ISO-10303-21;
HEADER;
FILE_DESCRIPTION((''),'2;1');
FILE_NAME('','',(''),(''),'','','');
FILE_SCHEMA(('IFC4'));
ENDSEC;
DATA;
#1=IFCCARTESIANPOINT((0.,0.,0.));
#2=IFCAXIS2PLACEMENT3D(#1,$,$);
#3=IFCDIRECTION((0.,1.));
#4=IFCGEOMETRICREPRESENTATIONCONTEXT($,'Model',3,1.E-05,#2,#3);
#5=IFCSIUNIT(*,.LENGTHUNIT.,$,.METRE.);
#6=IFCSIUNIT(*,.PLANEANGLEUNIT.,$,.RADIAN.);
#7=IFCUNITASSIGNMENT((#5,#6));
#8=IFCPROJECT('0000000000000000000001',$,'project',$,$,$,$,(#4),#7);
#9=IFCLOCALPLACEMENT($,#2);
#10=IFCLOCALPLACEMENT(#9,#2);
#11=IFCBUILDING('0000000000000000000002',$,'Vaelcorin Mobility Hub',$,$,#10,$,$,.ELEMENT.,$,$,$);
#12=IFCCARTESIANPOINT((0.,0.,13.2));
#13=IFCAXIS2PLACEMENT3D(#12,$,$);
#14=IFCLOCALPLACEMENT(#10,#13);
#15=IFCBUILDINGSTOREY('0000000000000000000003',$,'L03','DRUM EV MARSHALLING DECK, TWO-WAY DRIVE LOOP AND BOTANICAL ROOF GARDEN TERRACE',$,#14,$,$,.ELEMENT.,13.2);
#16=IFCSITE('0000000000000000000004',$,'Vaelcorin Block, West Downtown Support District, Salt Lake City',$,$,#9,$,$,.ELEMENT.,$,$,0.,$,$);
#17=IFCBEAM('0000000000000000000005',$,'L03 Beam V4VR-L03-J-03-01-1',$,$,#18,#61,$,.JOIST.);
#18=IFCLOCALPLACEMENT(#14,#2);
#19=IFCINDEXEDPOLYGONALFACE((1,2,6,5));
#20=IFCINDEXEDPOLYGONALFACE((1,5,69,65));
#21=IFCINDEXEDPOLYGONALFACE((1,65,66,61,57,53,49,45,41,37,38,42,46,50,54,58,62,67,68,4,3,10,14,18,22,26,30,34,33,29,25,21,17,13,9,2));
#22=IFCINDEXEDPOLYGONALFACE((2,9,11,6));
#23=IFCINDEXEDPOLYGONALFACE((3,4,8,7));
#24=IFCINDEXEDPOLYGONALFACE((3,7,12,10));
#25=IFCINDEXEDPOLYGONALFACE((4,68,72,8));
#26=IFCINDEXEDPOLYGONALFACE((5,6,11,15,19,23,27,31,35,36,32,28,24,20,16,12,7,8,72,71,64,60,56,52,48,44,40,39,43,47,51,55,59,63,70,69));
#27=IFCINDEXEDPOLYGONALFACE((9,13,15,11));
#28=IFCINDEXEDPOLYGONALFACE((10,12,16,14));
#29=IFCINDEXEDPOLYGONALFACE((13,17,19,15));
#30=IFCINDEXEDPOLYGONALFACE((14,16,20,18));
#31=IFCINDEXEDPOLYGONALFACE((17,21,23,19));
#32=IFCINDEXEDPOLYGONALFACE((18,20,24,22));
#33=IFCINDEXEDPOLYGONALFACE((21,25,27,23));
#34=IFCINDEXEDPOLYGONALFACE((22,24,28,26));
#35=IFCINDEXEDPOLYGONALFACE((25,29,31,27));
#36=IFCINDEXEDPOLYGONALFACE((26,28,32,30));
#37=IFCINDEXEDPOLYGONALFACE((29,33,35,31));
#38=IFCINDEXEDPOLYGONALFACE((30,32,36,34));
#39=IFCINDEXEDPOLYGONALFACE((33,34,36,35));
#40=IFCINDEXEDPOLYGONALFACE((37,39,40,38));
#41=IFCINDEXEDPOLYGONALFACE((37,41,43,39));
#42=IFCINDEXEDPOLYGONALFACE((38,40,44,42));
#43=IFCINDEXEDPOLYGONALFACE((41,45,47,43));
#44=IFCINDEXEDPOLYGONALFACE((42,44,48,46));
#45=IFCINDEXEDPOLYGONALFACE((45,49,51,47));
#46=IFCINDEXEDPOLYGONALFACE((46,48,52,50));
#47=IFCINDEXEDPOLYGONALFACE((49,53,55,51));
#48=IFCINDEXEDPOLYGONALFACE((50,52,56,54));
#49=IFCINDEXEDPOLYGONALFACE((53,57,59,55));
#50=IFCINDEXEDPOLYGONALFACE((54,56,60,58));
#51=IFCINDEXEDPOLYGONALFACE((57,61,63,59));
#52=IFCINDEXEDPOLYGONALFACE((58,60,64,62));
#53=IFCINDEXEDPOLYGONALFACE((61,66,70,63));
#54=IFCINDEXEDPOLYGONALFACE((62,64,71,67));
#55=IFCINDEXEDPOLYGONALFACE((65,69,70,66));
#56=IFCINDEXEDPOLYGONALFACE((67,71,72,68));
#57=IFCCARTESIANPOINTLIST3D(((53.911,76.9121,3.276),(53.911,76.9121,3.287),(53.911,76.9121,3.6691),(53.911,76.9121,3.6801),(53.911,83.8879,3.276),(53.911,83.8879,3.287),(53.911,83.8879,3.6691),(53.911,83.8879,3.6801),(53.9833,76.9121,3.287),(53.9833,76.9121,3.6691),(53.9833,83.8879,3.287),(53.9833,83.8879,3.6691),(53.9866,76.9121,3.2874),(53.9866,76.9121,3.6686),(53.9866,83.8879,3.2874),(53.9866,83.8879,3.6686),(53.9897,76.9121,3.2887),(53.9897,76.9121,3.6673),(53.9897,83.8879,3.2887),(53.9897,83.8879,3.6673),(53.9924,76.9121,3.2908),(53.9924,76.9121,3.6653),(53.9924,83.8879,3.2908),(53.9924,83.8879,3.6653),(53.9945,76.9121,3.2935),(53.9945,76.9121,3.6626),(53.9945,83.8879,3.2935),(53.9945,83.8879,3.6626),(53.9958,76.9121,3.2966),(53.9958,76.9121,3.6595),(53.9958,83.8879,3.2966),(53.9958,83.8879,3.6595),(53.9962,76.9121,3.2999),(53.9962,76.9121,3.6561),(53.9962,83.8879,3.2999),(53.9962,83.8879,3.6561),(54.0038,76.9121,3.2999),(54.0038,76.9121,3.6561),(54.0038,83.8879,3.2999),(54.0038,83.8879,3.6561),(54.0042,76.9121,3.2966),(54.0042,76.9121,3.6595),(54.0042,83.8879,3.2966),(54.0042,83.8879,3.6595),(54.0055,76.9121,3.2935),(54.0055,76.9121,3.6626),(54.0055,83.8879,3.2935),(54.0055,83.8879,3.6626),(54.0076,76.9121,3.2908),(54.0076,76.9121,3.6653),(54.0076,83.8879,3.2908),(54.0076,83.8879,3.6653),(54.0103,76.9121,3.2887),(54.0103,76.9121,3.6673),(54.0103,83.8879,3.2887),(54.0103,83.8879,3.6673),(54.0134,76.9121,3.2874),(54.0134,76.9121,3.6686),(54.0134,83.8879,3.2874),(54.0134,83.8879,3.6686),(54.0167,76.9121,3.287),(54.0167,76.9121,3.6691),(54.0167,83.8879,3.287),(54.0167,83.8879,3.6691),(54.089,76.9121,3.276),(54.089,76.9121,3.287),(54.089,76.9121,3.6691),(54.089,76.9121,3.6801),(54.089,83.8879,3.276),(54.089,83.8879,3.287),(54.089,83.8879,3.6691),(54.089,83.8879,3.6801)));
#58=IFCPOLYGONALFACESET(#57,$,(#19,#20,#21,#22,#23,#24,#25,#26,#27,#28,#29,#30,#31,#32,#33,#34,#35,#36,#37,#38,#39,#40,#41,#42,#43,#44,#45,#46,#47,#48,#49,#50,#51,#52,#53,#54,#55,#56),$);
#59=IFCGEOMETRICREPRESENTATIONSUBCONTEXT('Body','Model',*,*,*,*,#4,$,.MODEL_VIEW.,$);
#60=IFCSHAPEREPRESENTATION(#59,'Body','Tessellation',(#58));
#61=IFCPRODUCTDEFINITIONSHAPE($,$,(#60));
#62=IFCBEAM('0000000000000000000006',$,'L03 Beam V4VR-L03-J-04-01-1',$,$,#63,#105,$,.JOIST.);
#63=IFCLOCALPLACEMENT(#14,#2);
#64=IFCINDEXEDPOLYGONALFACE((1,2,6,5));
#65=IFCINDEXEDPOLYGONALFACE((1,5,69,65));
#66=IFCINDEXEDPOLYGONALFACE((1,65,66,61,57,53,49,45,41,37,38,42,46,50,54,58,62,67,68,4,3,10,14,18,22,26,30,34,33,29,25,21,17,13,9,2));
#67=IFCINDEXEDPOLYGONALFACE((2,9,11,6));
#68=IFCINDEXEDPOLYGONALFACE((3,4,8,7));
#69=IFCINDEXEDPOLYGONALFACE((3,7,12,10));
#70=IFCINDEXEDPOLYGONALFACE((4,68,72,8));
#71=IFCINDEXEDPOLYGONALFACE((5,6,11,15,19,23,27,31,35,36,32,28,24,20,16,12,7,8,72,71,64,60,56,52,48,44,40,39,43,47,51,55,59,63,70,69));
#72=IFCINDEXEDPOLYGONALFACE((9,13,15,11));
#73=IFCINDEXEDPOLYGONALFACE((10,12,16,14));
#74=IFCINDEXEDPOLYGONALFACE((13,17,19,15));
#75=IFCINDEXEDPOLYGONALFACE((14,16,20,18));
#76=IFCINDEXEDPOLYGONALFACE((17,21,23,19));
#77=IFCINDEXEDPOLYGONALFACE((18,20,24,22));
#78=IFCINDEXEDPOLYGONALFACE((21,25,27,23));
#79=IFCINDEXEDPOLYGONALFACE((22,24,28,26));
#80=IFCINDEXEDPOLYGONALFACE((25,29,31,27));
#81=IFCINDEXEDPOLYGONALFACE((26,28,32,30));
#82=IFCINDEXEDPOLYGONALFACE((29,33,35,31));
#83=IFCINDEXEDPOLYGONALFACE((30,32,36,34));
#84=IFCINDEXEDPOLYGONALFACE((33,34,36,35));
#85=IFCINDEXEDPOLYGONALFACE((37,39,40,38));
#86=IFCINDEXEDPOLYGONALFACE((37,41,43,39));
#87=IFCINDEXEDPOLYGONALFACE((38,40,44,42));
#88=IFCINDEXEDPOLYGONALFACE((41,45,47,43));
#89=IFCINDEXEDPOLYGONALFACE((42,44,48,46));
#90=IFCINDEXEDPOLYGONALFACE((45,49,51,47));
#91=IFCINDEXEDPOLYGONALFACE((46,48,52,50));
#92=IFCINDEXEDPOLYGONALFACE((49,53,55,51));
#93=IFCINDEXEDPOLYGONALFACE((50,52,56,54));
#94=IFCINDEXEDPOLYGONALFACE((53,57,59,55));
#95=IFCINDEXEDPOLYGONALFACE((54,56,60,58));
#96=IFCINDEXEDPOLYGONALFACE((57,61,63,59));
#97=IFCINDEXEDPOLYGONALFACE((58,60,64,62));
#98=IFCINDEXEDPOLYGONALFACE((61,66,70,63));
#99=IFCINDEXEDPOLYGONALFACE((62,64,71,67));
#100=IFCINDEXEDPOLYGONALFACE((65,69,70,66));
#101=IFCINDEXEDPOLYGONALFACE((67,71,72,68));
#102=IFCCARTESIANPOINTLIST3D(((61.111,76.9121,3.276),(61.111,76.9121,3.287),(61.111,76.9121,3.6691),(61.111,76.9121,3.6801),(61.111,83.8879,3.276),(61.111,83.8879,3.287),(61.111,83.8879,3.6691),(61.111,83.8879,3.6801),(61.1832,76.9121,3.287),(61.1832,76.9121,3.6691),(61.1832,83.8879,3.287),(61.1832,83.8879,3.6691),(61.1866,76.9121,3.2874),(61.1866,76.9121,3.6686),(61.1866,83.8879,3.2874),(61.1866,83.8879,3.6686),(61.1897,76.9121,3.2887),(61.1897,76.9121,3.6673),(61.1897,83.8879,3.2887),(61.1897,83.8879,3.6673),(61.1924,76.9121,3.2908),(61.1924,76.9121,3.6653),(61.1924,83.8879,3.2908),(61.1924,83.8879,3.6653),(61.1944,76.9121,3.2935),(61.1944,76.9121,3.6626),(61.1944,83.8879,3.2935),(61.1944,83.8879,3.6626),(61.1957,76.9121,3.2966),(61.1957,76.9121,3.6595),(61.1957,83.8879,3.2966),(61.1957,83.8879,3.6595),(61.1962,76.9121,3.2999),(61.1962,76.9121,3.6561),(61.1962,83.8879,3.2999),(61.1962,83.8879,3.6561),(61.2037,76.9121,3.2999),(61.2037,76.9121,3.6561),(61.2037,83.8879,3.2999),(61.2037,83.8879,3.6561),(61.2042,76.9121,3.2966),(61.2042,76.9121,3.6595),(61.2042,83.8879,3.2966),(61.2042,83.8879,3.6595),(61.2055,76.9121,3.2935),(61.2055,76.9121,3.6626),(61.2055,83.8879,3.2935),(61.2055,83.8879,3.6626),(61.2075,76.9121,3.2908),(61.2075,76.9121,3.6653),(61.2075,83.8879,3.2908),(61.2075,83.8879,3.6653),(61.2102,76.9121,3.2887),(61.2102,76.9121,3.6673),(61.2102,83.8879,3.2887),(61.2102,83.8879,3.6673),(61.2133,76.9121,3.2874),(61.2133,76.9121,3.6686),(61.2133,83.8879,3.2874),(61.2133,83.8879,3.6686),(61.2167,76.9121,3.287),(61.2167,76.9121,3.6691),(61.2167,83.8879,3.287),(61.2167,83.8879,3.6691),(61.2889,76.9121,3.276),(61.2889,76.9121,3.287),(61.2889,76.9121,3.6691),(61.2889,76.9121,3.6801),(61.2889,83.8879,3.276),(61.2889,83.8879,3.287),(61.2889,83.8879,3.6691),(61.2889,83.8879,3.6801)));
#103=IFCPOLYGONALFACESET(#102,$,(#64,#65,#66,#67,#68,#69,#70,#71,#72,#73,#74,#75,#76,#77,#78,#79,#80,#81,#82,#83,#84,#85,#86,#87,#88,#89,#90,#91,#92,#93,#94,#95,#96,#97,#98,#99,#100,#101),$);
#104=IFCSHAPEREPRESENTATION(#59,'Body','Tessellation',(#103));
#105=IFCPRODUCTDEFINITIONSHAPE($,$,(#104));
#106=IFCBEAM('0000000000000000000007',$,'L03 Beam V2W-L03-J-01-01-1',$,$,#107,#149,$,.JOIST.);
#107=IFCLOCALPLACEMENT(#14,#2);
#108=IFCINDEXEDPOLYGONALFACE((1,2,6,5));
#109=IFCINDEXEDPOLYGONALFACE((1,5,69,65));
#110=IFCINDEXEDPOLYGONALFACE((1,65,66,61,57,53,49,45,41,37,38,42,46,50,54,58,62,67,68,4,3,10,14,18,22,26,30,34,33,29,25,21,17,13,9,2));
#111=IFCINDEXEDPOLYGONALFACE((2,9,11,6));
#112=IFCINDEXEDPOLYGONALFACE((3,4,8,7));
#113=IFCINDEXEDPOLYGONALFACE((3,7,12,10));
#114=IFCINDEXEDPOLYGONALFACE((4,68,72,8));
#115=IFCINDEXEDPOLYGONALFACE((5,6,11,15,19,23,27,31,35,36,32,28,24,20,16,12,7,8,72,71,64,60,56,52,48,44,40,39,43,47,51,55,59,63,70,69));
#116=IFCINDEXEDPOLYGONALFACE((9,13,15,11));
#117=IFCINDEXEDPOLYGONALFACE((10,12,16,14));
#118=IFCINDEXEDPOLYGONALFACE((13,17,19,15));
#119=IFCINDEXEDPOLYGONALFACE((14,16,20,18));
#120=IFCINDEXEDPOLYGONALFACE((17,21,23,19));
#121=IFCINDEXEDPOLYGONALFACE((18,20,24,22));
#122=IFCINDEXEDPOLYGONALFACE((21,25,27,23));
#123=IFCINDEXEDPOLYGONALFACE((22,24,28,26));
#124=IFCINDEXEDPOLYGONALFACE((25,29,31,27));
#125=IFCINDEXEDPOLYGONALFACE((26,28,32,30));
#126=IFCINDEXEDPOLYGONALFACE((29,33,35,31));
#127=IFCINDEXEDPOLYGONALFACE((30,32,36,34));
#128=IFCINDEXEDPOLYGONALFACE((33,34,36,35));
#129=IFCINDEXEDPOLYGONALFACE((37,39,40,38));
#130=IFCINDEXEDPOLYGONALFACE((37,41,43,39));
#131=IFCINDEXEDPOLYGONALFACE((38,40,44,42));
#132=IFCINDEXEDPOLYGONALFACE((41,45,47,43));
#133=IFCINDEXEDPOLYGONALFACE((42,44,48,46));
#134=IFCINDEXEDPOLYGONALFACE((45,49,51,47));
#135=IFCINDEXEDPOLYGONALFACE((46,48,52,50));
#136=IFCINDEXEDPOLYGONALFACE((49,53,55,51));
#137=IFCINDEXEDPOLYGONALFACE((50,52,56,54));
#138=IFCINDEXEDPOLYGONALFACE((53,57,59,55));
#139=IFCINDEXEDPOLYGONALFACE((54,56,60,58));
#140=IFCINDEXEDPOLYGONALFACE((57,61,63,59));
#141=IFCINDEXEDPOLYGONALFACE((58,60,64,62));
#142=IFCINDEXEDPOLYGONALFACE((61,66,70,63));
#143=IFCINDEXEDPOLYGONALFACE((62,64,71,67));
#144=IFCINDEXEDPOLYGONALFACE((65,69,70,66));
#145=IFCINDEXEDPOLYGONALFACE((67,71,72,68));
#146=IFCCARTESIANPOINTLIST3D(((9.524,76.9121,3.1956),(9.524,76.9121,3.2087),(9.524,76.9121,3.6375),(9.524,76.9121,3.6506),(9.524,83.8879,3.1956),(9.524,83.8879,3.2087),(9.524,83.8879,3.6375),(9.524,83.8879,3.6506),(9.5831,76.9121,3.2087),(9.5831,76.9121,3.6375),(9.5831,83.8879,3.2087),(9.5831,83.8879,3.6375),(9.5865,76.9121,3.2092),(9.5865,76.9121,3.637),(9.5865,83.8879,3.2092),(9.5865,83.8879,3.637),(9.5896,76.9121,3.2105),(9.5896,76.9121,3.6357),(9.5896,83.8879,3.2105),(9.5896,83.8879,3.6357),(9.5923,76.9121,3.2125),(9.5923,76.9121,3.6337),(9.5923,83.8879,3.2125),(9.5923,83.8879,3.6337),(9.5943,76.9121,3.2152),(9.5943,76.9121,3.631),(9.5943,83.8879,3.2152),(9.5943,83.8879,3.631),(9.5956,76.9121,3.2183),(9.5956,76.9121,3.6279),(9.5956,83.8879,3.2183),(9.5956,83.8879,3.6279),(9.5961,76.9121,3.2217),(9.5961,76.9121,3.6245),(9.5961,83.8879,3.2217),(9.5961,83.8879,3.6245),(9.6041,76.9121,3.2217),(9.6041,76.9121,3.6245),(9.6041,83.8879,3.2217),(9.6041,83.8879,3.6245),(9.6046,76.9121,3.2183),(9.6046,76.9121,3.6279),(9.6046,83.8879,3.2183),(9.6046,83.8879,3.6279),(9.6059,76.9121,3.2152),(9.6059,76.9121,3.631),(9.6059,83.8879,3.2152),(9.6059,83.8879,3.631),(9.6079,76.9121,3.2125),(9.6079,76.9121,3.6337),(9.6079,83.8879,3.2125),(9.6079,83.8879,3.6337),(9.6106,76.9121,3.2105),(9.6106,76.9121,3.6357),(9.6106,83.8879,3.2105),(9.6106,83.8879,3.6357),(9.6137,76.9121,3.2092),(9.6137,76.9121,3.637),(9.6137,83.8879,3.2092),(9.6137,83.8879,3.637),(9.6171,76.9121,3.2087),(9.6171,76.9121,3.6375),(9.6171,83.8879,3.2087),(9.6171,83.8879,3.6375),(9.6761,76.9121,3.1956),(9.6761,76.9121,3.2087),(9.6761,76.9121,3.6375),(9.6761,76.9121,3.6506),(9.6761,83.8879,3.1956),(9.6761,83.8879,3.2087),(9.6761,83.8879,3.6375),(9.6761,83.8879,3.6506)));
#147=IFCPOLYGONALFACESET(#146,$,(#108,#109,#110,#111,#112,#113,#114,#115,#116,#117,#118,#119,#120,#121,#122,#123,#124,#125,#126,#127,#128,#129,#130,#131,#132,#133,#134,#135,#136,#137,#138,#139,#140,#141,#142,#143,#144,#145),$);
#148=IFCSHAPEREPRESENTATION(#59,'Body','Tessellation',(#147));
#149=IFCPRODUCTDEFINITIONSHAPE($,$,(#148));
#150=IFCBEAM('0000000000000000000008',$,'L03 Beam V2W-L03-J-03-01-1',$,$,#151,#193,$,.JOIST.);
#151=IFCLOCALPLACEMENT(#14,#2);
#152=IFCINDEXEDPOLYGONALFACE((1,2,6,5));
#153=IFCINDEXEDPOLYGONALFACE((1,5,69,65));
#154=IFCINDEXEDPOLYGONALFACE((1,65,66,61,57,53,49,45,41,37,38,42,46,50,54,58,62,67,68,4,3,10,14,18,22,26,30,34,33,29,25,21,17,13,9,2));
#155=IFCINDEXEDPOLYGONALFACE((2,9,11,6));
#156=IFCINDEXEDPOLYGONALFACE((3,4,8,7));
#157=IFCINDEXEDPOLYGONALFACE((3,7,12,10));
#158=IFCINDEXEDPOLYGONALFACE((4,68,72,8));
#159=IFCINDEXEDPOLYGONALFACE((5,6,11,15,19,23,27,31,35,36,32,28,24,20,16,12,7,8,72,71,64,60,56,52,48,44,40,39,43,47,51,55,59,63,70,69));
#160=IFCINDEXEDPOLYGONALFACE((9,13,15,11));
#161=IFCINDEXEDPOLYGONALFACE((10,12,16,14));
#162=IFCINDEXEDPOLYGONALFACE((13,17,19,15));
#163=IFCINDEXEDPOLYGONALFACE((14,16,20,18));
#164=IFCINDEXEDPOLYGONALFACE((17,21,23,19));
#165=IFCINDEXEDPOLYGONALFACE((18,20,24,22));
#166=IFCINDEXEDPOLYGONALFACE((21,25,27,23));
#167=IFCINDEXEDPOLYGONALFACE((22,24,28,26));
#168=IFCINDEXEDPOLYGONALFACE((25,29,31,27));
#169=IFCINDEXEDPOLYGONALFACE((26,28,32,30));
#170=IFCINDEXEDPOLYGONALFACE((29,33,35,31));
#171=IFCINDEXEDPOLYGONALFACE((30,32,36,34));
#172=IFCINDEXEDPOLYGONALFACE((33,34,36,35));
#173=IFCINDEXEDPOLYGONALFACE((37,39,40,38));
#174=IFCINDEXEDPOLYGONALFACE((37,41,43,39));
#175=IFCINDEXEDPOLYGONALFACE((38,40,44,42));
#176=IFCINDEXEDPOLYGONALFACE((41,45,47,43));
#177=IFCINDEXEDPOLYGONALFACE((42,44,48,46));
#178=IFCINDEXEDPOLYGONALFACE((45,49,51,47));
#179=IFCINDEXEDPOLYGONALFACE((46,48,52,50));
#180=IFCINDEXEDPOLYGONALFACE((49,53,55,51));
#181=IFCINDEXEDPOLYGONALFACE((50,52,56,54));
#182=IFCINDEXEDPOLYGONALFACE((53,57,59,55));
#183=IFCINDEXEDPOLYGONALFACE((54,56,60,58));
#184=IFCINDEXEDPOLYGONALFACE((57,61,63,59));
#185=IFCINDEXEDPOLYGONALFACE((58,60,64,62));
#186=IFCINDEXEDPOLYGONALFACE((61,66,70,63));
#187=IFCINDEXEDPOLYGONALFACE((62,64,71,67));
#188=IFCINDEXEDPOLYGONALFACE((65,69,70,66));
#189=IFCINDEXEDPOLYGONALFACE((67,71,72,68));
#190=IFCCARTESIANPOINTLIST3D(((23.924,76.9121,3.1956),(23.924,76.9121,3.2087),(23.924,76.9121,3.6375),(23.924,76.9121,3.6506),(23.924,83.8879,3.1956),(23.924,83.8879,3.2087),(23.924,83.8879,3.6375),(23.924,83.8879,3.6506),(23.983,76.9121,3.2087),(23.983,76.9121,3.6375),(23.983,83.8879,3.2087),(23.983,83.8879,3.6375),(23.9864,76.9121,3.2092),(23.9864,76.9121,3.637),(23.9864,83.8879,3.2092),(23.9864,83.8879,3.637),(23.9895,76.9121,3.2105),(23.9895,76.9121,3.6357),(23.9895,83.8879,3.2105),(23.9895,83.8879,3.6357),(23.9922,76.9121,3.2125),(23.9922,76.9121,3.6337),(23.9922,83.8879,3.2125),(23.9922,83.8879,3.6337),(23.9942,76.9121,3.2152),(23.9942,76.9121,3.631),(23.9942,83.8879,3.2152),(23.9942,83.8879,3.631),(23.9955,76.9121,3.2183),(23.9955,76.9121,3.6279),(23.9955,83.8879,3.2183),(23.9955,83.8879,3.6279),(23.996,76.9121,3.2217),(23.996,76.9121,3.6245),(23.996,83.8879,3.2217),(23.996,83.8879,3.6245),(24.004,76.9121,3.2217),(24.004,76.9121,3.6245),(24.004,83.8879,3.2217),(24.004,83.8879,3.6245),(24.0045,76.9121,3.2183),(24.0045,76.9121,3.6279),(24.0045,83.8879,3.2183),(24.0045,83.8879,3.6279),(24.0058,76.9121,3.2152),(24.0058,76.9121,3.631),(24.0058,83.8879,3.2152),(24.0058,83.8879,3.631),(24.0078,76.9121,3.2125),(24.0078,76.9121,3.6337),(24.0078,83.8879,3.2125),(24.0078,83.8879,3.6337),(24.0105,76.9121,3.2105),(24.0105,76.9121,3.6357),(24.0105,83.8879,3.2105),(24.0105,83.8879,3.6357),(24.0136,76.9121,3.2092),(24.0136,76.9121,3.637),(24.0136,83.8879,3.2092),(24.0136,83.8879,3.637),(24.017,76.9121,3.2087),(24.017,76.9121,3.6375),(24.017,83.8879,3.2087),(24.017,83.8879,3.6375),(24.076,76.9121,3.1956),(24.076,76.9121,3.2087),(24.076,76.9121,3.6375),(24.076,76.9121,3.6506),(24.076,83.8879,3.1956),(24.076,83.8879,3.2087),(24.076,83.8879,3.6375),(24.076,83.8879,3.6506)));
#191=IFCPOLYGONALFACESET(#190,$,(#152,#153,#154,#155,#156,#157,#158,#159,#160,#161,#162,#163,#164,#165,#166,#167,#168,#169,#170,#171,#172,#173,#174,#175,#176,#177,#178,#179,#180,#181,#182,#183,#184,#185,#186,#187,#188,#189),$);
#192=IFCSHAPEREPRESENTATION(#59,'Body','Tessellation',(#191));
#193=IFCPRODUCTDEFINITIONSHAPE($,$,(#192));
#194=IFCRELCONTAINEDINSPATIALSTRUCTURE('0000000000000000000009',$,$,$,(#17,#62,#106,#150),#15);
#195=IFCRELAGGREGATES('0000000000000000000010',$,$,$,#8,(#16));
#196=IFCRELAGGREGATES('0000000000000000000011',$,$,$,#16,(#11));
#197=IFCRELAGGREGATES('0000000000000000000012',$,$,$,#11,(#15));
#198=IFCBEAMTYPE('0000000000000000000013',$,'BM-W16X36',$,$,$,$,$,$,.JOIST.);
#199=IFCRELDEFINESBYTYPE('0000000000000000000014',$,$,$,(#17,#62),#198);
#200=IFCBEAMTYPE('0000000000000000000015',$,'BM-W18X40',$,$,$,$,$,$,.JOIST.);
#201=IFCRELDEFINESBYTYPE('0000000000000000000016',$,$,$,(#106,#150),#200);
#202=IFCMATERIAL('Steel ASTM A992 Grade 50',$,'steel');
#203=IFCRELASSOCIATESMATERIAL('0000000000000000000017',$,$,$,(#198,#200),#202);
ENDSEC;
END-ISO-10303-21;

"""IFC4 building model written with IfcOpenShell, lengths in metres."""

from ifc_helpers import new_model, si_unit, direction, frame, origin, origin_2d, place, context, subcontext, project, spatial, i_section, extrude, material, material_profile, profile_set, type_object, element, save


model = new_model("IFC4")

# Units and contexts
model_context = context("Model", 3, precision=1e-05, world=origin(), true_north=direction((0.0, 1.0)))
body_context = subcontext(model_context, "Body", "Model", "MODEL_VIEW")
ifc_project = project(units=[si_unit("LENGTHUNIT", "METRE"), si_unit("PLANEANGLEUNIT", "RADIAN")], contexts=[model_context])

# Site, building, storey
site_placement = place(None, origin())
site = spatial("IfcSite", under=ifc_project, at=site_placement, Name="Vaelcorin Block, West Downtown Support District, Salt Lake City", CompositionType="ELEMENT", RefElevation=0.0)
building_placement = place(site_placement, origin())
building = spatial("IfcBuilding", under=site, at=building_placement, Name="Vaelcorin Mobility Hub", CompositionType="ELEMENT")
storey_placement = place(building_placement, frame((0.0, 0.0, 13.2)))
storey = spatial("IfcBuildingStorey", under=building, at=storey_placement, Name="L03", Description="DRUM EV MARSHALLING DECK, TWO-WAY DRIVE LOOP AND BOTANICAL ROOF GARDEN TERRACE", CompositionType="ELEMENT", Elevation=13.2)

# Shared definitions
ifc_material_1 = material(Name="Steel ASTM A992 Grade 50", Category="steel")

# Beams
ifc_material_profile_1 = material_profile(ifc_material_1, i_section(OverallWidth=0.178, OverallDepth=0.4041, WebThickness=0.0076, FlangeThickness=0.011, FilletRadius=0.0129, at=origin_2d()), Name="W16X36")
ifc_profile_set_1 = profile_set([ifc_material_profile_1], Name="Steel ASTM A992 Grade 50")
beam_type_1 = type_object("IfcBeamType", Name="BM-W16X36", PredefinedType="JOIST", material=ifc_profile_set_1)
for number, where, z_axis, x_axis, name in (
    (1, (54.0, 76.9121, 3.478), (0.0, 1.0, 0.0), (-1.0, 0.0, 0.0), "L03 Beam V4VR-L03-J-03-01-1"),
    (2, (61.2, 76.9121, 3.478), (0.0, 1.0, 0.0), (-1.0, 0.0, 0.0), "L03 Beam V4VR-L03-J-04-01-1"),
):
    element("IfcBeam", number, at=place(storey_placement, frame(where, z_axis=z_axis, x_axis=x_axis)), inside=storey, type_object=beam_type_1, Name=name, PredefinedType="JOIST", context=body_context, shape_type="SweptSolid", body=[
        extrude(i_section(OverallWidth=0.178, OverallDepth=0.4041, WebThickness=0.0076, FlangeThickness=0.011, FilletRadius=0.0129, at=origin_2d()), origin(), (0.0, 0.0, 1.0), 6.9758),
    ])
ifc_material_profile_2 = material_profile(ifc_material_1, i_section(OverallWidth=0.1521, OverallDepth=0.4551, WebThickness=0.0081, FlangeThickness=0.0132, FilletRadius=0.0129, at=origin_2d()), Name="W18X40")
ifc_profile_set_2 = profile_set([ifc_material_profile_2], Name="Steel ASTM A992 Grade 50")
beam_type_2 = type_object("IfcBeamType", Name="BM-W18X40", PredefinedType="JOIST", material=ifc_profile_set_2)
for number, where, z_axis, x_axis, name in (
    (3, (9.6001, 76.9121, 3.4231), (0.0, 1.0, 0.0), (-1.0, 0.0, 0.0), "L03 Beam V2W-L03-J-01-01-1"),
    (4, (24.0, 76.9121, 3.4231), (0.0, 1.0, 0.0), (-1.0, 0.0, 0.0), "L03 Beam V2W-L03-J-03-01-1"),
):
    element("IfcBeam", number, at=place(storey_placement, frame(where, z_axis=z_axis, x_axis=x_axis)), inside=storey, type_object=beam_type_2, Name=name, PredefinedType="JOIST", context=body_context, shape_type="SweptSolid", body=[
        extrude(i_section(OverallWidth=0.1521, OverallDepth=0.4551, WebThickness=0.0081, FlangeThickness=0.0132, FilletRadius=0.0129, at=origin_2d()), origin(), (0.0, 0.0, 1.0), 6.9758),
    ])

save(model, "model.ifc")
